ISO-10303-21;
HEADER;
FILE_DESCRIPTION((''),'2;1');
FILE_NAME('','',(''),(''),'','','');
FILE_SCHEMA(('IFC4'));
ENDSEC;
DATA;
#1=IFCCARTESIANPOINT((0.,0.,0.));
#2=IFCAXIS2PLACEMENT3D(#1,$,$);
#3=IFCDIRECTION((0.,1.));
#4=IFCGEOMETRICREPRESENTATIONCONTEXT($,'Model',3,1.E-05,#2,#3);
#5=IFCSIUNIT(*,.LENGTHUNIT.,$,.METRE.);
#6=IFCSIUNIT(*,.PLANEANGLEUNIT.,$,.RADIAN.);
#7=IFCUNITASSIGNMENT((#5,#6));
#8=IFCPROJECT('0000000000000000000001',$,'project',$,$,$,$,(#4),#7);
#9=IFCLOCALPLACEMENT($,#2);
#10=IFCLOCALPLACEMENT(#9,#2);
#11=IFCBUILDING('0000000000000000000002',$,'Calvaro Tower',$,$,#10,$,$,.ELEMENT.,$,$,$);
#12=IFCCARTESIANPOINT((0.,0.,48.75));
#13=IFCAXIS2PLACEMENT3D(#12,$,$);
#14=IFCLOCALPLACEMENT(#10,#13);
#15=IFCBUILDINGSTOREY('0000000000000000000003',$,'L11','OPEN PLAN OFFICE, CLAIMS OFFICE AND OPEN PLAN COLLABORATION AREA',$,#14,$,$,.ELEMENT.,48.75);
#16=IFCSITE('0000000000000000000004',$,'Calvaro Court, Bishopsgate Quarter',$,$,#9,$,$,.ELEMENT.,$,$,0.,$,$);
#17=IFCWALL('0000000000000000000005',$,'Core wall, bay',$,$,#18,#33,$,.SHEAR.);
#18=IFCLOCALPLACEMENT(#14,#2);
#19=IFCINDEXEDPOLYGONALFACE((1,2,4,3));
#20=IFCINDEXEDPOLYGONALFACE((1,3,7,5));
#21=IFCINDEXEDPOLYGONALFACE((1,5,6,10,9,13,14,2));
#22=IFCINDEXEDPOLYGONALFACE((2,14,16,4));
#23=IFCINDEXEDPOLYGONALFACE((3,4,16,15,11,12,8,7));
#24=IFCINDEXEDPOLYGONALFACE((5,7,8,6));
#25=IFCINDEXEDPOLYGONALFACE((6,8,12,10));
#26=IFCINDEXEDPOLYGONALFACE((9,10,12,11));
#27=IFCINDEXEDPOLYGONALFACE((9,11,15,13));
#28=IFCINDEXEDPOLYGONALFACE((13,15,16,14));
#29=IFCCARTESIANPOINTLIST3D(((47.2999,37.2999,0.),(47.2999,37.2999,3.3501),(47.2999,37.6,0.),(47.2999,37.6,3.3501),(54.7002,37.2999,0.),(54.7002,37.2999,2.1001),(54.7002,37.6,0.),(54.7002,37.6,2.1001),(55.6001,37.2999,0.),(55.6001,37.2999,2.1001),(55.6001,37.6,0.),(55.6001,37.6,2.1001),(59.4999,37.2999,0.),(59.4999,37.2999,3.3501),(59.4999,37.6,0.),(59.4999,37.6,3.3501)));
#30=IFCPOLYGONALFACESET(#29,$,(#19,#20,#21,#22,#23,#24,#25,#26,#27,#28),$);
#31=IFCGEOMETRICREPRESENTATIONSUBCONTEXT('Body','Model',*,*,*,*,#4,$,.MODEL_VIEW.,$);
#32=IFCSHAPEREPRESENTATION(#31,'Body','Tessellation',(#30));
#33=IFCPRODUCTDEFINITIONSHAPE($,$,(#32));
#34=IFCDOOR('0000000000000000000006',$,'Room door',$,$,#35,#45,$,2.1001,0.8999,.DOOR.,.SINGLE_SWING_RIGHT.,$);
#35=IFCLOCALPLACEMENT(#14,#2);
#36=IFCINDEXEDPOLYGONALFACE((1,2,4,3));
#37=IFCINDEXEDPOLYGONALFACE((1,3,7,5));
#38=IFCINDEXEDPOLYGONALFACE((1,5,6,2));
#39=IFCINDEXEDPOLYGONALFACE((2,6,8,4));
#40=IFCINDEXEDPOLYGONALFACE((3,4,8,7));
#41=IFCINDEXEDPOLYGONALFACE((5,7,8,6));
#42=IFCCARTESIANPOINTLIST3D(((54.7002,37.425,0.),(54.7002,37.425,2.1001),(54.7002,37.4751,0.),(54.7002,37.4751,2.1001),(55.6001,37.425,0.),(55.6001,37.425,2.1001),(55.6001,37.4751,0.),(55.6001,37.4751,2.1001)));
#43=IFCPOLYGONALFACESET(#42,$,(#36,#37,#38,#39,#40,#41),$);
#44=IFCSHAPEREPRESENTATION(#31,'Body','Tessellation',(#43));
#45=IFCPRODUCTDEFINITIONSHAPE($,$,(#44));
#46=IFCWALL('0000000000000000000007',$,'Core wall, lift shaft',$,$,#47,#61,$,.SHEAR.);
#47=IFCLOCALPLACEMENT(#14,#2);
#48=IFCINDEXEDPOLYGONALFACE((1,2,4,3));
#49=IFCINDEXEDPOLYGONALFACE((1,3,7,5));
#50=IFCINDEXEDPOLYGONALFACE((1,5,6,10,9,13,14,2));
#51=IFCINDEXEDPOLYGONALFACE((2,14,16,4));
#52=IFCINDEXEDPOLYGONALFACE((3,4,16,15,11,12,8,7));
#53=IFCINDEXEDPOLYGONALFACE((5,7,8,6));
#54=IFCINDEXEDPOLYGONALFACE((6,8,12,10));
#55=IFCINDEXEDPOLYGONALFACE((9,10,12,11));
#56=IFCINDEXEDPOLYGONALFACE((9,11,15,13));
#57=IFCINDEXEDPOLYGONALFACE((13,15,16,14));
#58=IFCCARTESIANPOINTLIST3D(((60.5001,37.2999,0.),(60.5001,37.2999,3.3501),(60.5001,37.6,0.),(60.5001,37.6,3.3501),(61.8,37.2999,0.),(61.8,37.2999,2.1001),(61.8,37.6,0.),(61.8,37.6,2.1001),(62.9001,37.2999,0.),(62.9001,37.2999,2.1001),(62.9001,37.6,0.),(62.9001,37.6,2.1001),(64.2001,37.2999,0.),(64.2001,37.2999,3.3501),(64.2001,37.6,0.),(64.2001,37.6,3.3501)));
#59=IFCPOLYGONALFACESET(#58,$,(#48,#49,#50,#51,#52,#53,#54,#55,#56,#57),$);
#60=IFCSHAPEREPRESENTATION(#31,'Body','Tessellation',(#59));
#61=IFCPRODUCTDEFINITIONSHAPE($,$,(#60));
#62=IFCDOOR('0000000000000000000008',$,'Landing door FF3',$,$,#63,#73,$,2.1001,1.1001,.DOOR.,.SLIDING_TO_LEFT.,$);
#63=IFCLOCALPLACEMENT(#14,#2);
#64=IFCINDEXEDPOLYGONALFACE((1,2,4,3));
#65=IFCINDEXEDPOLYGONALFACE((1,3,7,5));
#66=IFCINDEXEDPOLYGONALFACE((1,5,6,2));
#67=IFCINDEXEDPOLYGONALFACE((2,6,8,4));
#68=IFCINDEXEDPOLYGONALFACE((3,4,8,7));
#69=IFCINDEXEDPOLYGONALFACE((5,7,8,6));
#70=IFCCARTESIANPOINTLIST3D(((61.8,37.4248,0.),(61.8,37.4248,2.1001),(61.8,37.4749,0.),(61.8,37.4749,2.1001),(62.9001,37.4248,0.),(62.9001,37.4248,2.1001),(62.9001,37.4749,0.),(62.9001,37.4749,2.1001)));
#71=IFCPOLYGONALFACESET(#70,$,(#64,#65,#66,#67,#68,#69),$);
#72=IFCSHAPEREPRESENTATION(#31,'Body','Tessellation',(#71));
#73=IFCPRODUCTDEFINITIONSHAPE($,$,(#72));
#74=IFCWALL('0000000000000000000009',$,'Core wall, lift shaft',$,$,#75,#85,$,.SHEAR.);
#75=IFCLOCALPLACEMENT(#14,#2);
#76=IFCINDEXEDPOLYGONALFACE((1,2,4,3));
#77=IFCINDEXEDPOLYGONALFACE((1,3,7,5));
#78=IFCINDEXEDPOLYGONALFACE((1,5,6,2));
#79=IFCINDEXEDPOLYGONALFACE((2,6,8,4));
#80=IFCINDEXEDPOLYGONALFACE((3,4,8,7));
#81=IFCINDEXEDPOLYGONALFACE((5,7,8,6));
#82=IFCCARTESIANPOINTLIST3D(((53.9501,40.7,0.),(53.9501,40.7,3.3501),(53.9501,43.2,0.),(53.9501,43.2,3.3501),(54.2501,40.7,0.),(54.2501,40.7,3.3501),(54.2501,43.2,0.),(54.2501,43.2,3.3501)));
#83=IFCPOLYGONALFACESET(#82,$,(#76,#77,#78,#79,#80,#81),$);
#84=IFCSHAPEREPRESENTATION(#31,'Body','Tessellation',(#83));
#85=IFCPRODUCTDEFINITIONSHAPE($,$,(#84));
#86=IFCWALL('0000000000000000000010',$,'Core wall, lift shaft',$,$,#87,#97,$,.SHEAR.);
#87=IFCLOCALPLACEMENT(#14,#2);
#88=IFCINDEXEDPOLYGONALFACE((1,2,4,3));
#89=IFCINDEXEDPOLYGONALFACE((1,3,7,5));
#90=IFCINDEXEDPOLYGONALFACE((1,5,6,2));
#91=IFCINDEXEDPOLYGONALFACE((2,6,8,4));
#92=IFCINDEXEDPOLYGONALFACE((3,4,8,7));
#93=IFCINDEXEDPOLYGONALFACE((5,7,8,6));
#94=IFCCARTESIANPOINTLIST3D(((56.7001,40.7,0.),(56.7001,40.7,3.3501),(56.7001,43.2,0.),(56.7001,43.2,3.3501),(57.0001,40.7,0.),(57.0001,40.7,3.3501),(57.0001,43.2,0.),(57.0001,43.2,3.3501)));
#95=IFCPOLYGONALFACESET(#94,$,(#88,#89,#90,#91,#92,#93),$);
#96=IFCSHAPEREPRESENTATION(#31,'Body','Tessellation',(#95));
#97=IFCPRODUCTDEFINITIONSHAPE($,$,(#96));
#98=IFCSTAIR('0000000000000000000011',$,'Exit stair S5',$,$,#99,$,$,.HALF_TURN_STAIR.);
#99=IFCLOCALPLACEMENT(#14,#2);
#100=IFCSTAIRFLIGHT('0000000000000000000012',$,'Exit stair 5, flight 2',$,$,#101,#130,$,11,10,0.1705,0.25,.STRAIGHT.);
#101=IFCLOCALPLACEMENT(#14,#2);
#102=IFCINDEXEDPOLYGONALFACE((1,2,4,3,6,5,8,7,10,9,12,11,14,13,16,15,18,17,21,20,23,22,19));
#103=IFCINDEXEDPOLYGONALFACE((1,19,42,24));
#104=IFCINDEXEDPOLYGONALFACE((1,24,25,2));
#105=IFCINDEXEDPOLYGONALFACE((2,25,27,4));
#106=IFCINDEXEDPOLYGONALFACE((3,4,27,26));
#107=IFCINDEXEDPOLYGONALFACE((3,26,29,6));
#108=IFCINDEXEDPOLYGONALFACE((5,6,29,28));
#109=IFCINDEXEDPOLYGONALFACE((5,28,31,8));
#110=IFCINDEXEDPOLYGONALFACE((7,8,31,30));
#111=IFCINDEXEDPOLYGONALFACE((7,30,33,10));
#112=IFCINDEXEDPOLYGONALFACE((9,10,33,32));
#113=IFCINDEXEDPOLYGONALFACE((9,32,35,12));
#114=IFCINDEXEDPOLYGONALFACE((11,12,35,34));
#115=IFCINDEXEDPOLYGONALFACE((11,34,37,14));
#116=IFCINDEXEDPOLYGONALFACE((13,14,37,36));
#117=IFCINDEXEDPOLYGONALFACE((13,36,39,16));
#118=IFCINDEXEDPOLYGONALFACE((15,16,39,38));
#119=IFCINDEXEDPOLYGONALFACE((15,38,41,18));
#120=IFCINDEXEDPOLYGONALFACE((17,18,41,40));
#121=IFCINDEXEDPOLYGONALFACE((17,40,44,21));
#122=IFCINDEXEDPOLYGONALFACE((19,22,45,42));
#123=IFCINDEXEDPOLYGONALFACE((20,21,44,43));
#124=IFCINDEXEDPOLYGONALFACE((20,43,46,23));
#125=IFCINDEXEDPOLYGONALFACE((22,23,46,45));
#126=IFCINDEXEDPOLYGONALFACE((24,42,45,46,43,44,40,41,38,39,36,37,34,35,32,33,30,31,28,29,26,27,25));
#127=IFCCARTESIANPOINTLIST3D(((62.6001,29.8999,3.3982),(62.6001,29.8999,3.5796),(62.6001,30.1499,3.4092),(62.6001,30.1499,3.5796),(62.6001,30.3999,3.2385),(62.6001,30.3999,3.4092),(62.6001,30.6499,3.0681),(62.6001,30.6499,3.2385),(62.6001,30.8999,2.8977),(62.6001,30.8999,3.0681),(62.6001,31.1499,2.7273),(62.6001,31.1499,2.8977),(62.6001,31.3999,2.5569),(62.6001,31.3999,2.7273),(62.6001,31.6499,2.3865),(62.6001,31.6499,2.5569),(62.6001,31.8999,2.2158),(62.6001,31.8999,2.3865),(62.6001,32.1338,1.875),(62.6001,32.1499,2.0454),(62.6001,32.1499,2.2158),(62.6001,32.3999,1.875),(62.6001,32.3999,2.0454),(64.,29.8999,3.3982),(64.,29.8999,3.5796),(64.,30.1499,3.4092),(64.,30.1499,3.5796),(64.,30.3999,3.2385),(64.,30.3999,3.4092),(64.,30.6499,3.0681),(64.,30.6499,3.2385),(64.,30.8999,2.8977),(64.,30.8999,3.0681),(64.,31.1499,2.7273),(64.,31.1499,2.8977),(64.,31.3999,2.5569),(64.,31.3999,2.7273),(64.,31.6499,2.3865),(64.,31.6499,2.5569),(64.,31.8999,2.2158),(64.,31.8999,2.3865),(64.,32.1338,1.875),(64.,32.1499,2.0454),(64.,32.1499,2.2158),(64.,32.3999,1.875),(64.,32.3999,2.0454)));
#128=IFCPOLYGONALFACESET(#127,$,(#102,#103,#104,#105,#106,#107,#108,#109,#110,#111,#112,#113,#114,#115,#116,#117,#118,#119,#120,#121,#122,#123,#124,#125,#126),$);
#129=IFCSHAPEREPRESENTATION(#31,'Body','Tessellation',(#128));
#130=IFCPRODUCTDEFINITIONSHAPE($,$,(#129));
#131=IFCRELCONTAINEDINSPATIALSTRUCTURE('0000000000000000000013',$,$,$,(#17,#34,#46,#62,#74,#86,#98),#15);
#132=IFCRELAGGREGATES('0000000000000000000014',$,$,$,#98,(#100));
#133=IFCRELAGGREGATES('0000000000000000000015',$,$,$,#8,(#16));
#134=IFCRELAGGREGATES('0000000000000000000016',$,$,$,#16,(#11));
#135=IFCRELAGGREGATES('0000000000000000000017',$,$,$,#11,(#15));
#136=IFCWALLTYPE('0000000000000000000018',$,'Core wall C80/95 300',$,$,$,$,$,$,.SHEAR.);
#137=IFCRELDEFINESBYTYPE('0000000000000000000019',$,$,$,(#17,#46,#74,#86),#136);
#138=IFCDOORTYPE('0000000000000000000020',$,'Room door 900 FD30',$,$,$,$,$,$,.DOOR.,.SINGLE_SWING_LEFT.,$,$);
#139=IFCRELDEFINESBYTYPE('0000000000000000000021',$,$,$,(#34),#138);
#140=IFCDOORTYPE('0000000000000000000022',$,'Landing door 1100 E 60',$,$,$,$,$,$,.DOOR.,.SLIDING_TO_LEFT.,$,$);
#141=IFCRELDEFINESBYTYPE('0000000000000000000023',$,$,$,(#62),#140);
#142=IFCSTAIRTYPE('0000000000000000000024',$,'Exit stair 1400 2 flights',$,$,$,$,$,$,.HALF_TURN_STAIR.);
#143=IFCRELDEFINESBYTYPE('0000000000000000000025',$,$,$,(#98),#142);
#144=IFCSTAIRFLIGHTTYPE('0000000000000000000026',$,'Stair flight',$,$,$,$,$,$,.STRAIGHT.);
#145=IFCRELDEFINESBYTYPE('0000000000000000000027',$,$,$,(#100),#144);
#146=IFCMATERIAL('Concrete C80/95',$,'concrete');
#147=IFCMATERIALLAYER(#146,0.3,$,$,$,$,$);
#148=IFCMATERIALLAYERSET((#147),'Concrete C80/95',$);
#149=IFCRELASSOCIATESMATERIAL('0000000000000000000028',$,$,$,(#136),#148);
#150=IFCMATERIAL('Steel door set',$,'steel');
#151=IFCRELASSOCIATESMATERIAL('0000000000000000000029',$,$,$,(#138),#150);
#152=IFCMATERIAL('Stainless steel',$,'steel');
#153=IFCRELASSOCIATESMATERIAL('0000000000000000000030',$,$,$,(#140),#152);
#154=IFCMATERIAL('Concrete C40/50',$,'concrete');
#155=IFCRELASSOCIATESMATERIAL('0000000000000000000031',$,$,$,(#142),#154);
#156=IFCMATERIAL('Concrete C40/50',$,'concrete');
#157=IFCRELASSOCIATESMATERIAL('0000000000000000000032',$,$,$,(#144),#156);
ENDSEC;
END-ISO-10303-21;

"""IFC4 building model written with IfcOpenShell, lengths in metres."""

from ifc_helpers import new_model, si_unit, direction, frame, frame_2d, origin, place, context, subcontext, project, spatial, polyline, rectangle, outline, extrude, material, layer, layer_set, type_object, element, fill, aggregate, save


model = new_model("IFC4")

# Units and contexts
model_context = context("Model", 3, precision=1e-05, world=origin(), true_north=direction((0.0, 1.0)))
body_context = subcontext(model_context, "Body", "Model", "MODEL_VIEW")
ifc_project = project(units=[si_unit("LENGTHUNIT", "METRE"), si_unit("PLANEANGLEUNIT", "RADIAN")], contexts=[model_context])

# Site, building, storey
site_placement = place(None, origin())
site = spatial("IfcSite", under=ifc_project, at=site_placement, Name="Calvaro Court, Bishopsgate Quarter", CompositionType="ELEMENT", RefElevation=0.0)
building_placement = place(site_placement, origin())
building = spatial("IfcBuilding", under=site, at=building_placement, Name="Calvaro Tower", CompositionType="ELEMENT")
storey_placement = place(building_placement, frame((0.0, 0.0, 48.75)))
storey = spatial("IfcBuildingStorey", under=building, at=storey_placement, Name="L11", Description="OPEN PLAN OFFICE, CLAIMS OFFICE AND OPEN PLAN COLLABORATION AREA", CompositionType="ELEMENT", Elevation=48.75)

# Shared definitions
ifc_material_1 = material(Name="Concrete C80/95", Category="concrete")
ifc_layer_1 = layer(ifc_material_1, 0.3)
ifc_layer_set_1 = layer_set([ifc_layer_1], Name="Concrete C80/95")
wall_type_1 = type_object("IfcWallType", Name="Core wall C80/95 300", PredefinedType="SHEAR", material=ifc_layer_set_1)

# Walls, openings, doors
wall_1_placement = place(storey_placement, frame((59.5, 37.45, 0.0), z_axis=(0.0, 0.0, 1.0), x_axis=(-1.0, 0.0, 0.0)))
wall_1 = element("IfcWall", 1, at=wall_1_placement, inside=storey, type_object=wall_type_1, Name="Core wall, bay", PredefinedType="SHEAR", context=body_context, shape_type="SweptSolid", body=[
    extrude(rectangle(XDim=12.2, YDim=0.3, at=frame_2d((6.1001, 0.0))), origin(), (0.0, 0.0, 1.0), 3.3501),
])
opening_1_placement = place(wall_1_placement, frame((3.8999, 0.0, 0.0)))
opening_1 = element("IfcOpeningElement", 2, at=opening_1_placement, cuts=wall_1, PredefinedType="OPENING", context=body_context, shape_type="SweptSolid", body=[
    extrude(rectangle(XDim=0.8999, YDim=2.1001, at=frame_2d((0.45, 1.05))), frame((0.0, 0.1599, 0.0), z_axis=(0.0, -1.0, 0.0), x_axis=(1.0, 0.0, 0.0)), (0.0, 0.0, 1.0), 0.3201),
])
ifc_material_2 = material(Name="Steel door set", Category="steel")
door_type_1 = type_object("IfcDoorType", Name="Room door 900 FD30", OperationType="SINGLE_SWING_LEFT", PredefinedType="DOOR", material=ifc_material_2)
door_1_placement = place(opening_1_placement, origin())
door_1 = element("IfcDoor", 3, at=door_1_placement, inside=storey, type_object=door_type_1, Name="Room door", OperationType="SINGLE_SWING_RIGHT", OverallHeight=2.1001, OverallWidth=0.8999, PredefinedType="DOOR", context=body_context, shape_type="SweptSolid", body=[
    extrude(rectangle(XDim=0.8999, YDim=2.1001, at=frame_2d((0.45, 1.05))), frame((0.0, 0.0249, 0.0), z_axis=(0.0, -1.0, 0.0), x_axis=(1.0, 0.0, 0.0)), (0.0, 0.0, 1.0), 0.05),
])
fill(opening_1, door_1)
wall_2_placement = place(storey_placement, frame((60.5, 37.45, 0.0), z_axis=(0.0, 0.0, 1.0), x_axis=(1.0, 0.0, 0.0)))
wall_2 = element("IfcWall", 4, at=wall_2_placement, inside=storey, type_object=wall_type_1, Name="Core wall, lift shaft", PredefinedType="SHEAR", context=body_context, shape_type="SweptSolid", body=[
    extrude(rectangle(XDim=3.7, YDim=0.3, at=frame_2d((1.8501, 0.0))), origin(), (0.0, 0.0, 1.0), 3.3501),
])
opening_2_placement = place(wall_2_placement, frame((1.3, 0.0, 0.0)))
opening_2 = element("IfcOpeningElement", 5, at=opening_2_placement, cuts=wall_2, PredefinedType="OPENING", context=body_context, shape_type="SweptSolid", body=[
    extrude(rectangle(XDim=1.1001, YDim=2.1001, at=frame_2d((0.55, 1.05))), frame((0.0, 0.1599, 0.0), z_axis=(0.0, -1.0, 0.0), x_axis=(1.0, 0.0, 0.0)), (0.0, 0.0, 1.0), 0.3201),
])
ifc_material_3 = material(Name="Stainless steel", Category="steel")
door_type_2 = type_object("IfcDoorType", Name="Landing door 1100 E 60", OperationType="SLIDING_TO_LEFT", PredefinedType="DOOR", material=ifc_material_3)
door_2_placement = place(opening_2_placement, origin())
door_2 = element("IfcDoor", 6, at=door_2_placement, inside=storey, type_object=door_type_2, Name="Landing door FF3", OperationType="SLIDING_TO_LEFT", OverallHeight=2.1001, OverallWidth=1.1001, PredefinedType="DOOR", context=body_context, shape_type="SweptSolid", body=[
    extrude(rectangle(XDim=1.1001, YDim=2.1001, at=frame_2d((0.55, 1.05))), frame((0.0, 0.0249, 0.0), z_axis=(0.0, -1.0, 0.0), x_axis=(1.0, 0.0, 0.0)), (0.0, 0.0, 1.0), 0.05),
])
fill(opening_2, door_2)

# Walls
for number, where, z_axis, x_axis, name in (
    (7, (54.1001, 40.7, 0.0), (0.0, 0.0, 1.0), (0.0, 1.0, 0.0), "Core wall, lift shaft"),
    (8, (56.8501, 40.7, 0.0), (0.0, 0.0, 1.0), (0.0, 1.0, 0.0), "Core wall, lift shaft"),
):
    element("IfcWall", number, at=place(storey_placement, frame(where, z_axis=z_axis, x_axis=x_axis)), inside=storey, type_object=wall_type_1, Name=name, PredefinedType="SHEAR", context=body_context, shape_type="SweptSolid", body=[
        extrude(rectangle(XDim=2.5, YDim=0.3, at=frame_2d((1.25, 0.0))), origin(), (0.0, 0.0, 1.0), 3.3501),
    ])

# Stair, stair flight
ifc_material_4 = material(Name="Concrete C40/50", Category="concrete")
stair_type = type_object("IfcStairType", Name="Exit stair 1400 2 flights", PredefinedType="HALF_TURN_STAIR", material=ifc_material_4)
stair_1_placement = place(storey_placement, origin())
stair_1 = element("IfcStair", 9, at=stair_1_placement, inside=storey, type_object=stair_type, Name="Exit stair S5", PredefinedType="HALF_TURN_STAIR")
ifc_material_5 = material(Name="Concrete C40/50", Category="concrete")
stair_flight_type = type_object("IfcStairFlightType", Name="Stair flight", PredefinedType="STRAIGHT", material=ifc_material_5)
stair_flight_placement = place(storey_placement, frame((63.3, 32.3999, 1.875), z_axis=(0.0, 0.0, 1.0), x_axis=(0.0, -1.0, 0.0)))
stair_flight = element("IfcStairFlight", 10, at=stair_flight_placement, type_object=stair_flight_type, Name="Exit stair 5, flight 2", NumberOfRisers=11, NumberOfTreads=10, PredefinedType="STRAIGHT", RiserHeight=0.1705, TreadLength=0.25, context=body_context, shape_type="SweptSolid", body=[
    extrude(outline(polyline([(0.0, 0.0), (0.0, 0.1704), (0.25, 0.1704), (0.25, 0.3408), (0.5, 0.3408), (0.5, 0.5115), (0.75, 0.5115), (0.75, 0.6819), (1.0, 0.6819), (1.0, 0.8523), (1.25, 0.8523), (1.25, 1.0227), (1.5, 1.0227), (1.5, 1.1931), (1.75, 1.1931), (1.75, 1.3635), (2.0, 1.3635), (2.0, 1.5342), (2.25, 1.5342), (2.25, 1.7046), (2.5, 1.7046), (2.5, 1.875), (2.5, 1.5232), (0.2661, 0.0), (0.0, 0.0)])), frame((0.0, 0.7, 0.0), z_axis=(0.0, -1.0, 0.0), x_axis=(1.0, 0.0, 0.0)), (0.0, 0.0, 1.0), 1.3999),
])

aggregate(stair_1, [stair_flight])

save(model, "model.ifc")
